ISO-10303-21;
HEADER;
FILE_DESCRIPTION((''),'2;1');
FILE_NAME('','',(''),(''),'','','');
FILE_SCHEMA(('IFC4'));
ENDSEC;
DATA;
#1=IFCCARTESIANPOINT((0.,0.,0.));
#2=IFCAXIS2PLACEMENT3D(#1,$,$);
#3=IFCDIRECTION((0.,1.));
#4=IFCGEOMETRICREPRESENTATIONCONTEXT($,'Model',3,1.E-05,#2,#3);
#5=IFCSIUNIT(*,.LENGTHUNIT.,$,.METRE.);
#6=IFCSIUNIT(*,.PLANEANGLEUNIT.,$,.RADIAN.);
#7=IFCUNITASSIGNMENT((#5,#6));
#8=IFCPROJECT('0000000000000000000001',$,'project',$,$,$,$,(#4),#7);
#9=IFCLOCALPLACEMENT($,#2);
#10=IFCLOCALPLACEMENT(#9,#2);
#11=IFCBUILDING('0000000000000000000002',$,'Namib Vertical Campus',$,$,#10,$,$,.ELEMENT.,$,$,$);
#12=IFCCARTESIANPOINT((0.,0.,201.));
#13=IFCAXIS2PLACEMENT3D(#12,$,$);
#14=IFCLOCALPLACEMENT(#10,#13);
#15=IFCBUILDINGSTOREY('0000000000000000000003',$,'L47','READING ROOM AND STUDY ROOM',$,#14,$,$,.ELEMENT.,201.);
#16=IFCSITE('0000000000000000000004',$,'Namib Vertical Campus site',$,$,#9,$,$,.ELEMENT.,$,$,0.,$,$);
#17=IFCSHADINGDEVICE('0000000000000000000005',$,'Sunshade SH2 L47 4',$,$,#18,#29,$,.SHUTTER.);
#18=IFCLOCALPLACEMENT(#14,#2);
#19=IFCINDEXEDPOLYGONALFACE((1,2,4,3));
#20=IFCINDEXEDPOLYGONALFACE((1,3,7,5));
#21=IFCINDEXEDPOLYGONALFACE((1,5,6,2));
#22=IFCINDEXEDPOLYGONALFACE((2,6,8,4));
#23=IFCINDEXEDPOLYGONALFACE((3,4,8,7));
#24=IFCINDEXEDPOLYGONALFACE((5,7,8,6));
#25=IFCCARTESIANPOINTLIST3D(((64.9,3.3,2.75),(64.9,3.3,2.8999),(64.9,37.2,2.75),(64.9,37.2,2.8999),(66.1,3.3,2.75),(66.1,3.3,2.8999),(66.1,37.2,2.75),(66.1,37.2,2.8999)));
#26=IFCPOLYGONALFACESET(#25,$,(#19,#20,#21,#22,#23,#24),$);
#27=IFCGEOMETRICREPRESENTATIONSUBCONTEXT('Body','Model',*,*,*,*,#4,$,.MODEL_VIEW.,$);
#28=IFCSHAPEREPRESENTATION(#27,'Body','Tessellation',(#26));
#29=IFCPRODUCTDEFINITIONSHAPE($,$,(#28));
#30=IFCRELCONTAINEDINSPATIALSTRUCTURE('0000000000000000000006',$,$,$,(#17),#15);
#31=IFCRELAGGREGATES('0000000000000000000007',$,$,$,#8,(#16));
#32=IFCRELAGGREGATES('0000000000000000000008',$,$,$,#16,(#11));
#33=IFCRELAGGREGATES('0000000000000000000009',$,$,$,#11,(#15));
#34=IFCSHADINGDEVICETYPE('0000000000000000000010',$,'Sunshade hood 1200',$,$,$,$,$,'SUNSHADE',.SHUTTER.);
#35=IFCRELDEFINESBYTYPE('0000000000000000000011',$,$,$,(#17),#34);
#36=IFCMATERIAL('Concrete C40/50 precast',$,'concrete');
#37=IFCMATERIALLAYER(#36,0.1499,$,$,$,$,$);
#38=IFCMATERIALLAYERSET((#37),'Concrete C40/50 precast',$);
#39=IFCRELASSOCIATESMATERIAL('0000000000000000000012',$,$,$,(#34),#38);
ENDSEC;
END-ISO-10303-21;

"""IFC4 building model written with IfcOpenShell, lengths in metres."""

from ifc_helpers import new_model, si_unit, direction, frame, origin, origin_2d, place, context, subcontext, project, spatial, rectangle, extrude, material, layer, layer_set, type_object, element, save


model = new_model("IFC4")

# Units and contexts
model_context = context("Model", 3, precision=1e-05, world=origin(), true_north=direction((0.0, 1.0)))
body_context = subcontext(model_context, "Body", "Model", "MODEL_VIEW")
ifc_project = project(units=[si_unit("LENGTHUNIT", "METRE"), si_unit("PLANEANGLEUNIT", "RADIAN")], contexts=[model_context])

# Site, building, storey
site_placement = place(None, origin())
site = spatial("IfcSite", under=ifc_project, at=site_placement, Name="Namib Vertical Campus site", CompositionType="ELEMENT", RefElevation=0.0)
building_placement = place(site_placement, origin())
building = spatial("IfcBuilding", under=site, at=building_placement, Name="Namib Vertical Campus", CompositionType="ELEMENT")
storey_placement = place(building_placement, frame((0.0, 0.0, 201.0)))
storey = spatial("IfcBuildingStorey", under=building, at=storey_placement, Name="L47", Description="READING ROOM AND STUDY ROOM", CompositionType="ELEMENT", Elevation=201.0)

# Shading device
ifc_material_1 = material(Name="Concrete C40/50 precast", Category="concrete")
ifc_layer_1 = layer(ifc_material_1, 0.1499)
ifc_layer_set_1 = layer_set([ifc_layer_1], Name="Concrete C40/50 precast")
shading_device_type = type_object("IfcShadingDeviceType", Name="Sunshade hood 1200", ElementType="SUNSHADE", PredefinedType="SHUTTER", material=ifc_layer_set_1)
shading_device_placement = place(storey_placement, frame((65.5, 20.25, 2.75), z_axis=(0.0, 0.0, 1.0), x_axis=(0.0, -1.0, 0.0)))
element("IfcShadingDevice", 1, at=shading_device_placement, inside=storey, type_object=shading_device_type, Name="Sunshade SH2 L47 4", PredefinedType="SHUTTER", context=body_context, shape_type="SweptSolid", body=[
    extrude(rectangle(XDim=33.8999, YDim=1.2, at=origin_2d()), origin(), (0.0, 0.0, 1.0), 0.1499),
])

save(model, "model.ifc")
